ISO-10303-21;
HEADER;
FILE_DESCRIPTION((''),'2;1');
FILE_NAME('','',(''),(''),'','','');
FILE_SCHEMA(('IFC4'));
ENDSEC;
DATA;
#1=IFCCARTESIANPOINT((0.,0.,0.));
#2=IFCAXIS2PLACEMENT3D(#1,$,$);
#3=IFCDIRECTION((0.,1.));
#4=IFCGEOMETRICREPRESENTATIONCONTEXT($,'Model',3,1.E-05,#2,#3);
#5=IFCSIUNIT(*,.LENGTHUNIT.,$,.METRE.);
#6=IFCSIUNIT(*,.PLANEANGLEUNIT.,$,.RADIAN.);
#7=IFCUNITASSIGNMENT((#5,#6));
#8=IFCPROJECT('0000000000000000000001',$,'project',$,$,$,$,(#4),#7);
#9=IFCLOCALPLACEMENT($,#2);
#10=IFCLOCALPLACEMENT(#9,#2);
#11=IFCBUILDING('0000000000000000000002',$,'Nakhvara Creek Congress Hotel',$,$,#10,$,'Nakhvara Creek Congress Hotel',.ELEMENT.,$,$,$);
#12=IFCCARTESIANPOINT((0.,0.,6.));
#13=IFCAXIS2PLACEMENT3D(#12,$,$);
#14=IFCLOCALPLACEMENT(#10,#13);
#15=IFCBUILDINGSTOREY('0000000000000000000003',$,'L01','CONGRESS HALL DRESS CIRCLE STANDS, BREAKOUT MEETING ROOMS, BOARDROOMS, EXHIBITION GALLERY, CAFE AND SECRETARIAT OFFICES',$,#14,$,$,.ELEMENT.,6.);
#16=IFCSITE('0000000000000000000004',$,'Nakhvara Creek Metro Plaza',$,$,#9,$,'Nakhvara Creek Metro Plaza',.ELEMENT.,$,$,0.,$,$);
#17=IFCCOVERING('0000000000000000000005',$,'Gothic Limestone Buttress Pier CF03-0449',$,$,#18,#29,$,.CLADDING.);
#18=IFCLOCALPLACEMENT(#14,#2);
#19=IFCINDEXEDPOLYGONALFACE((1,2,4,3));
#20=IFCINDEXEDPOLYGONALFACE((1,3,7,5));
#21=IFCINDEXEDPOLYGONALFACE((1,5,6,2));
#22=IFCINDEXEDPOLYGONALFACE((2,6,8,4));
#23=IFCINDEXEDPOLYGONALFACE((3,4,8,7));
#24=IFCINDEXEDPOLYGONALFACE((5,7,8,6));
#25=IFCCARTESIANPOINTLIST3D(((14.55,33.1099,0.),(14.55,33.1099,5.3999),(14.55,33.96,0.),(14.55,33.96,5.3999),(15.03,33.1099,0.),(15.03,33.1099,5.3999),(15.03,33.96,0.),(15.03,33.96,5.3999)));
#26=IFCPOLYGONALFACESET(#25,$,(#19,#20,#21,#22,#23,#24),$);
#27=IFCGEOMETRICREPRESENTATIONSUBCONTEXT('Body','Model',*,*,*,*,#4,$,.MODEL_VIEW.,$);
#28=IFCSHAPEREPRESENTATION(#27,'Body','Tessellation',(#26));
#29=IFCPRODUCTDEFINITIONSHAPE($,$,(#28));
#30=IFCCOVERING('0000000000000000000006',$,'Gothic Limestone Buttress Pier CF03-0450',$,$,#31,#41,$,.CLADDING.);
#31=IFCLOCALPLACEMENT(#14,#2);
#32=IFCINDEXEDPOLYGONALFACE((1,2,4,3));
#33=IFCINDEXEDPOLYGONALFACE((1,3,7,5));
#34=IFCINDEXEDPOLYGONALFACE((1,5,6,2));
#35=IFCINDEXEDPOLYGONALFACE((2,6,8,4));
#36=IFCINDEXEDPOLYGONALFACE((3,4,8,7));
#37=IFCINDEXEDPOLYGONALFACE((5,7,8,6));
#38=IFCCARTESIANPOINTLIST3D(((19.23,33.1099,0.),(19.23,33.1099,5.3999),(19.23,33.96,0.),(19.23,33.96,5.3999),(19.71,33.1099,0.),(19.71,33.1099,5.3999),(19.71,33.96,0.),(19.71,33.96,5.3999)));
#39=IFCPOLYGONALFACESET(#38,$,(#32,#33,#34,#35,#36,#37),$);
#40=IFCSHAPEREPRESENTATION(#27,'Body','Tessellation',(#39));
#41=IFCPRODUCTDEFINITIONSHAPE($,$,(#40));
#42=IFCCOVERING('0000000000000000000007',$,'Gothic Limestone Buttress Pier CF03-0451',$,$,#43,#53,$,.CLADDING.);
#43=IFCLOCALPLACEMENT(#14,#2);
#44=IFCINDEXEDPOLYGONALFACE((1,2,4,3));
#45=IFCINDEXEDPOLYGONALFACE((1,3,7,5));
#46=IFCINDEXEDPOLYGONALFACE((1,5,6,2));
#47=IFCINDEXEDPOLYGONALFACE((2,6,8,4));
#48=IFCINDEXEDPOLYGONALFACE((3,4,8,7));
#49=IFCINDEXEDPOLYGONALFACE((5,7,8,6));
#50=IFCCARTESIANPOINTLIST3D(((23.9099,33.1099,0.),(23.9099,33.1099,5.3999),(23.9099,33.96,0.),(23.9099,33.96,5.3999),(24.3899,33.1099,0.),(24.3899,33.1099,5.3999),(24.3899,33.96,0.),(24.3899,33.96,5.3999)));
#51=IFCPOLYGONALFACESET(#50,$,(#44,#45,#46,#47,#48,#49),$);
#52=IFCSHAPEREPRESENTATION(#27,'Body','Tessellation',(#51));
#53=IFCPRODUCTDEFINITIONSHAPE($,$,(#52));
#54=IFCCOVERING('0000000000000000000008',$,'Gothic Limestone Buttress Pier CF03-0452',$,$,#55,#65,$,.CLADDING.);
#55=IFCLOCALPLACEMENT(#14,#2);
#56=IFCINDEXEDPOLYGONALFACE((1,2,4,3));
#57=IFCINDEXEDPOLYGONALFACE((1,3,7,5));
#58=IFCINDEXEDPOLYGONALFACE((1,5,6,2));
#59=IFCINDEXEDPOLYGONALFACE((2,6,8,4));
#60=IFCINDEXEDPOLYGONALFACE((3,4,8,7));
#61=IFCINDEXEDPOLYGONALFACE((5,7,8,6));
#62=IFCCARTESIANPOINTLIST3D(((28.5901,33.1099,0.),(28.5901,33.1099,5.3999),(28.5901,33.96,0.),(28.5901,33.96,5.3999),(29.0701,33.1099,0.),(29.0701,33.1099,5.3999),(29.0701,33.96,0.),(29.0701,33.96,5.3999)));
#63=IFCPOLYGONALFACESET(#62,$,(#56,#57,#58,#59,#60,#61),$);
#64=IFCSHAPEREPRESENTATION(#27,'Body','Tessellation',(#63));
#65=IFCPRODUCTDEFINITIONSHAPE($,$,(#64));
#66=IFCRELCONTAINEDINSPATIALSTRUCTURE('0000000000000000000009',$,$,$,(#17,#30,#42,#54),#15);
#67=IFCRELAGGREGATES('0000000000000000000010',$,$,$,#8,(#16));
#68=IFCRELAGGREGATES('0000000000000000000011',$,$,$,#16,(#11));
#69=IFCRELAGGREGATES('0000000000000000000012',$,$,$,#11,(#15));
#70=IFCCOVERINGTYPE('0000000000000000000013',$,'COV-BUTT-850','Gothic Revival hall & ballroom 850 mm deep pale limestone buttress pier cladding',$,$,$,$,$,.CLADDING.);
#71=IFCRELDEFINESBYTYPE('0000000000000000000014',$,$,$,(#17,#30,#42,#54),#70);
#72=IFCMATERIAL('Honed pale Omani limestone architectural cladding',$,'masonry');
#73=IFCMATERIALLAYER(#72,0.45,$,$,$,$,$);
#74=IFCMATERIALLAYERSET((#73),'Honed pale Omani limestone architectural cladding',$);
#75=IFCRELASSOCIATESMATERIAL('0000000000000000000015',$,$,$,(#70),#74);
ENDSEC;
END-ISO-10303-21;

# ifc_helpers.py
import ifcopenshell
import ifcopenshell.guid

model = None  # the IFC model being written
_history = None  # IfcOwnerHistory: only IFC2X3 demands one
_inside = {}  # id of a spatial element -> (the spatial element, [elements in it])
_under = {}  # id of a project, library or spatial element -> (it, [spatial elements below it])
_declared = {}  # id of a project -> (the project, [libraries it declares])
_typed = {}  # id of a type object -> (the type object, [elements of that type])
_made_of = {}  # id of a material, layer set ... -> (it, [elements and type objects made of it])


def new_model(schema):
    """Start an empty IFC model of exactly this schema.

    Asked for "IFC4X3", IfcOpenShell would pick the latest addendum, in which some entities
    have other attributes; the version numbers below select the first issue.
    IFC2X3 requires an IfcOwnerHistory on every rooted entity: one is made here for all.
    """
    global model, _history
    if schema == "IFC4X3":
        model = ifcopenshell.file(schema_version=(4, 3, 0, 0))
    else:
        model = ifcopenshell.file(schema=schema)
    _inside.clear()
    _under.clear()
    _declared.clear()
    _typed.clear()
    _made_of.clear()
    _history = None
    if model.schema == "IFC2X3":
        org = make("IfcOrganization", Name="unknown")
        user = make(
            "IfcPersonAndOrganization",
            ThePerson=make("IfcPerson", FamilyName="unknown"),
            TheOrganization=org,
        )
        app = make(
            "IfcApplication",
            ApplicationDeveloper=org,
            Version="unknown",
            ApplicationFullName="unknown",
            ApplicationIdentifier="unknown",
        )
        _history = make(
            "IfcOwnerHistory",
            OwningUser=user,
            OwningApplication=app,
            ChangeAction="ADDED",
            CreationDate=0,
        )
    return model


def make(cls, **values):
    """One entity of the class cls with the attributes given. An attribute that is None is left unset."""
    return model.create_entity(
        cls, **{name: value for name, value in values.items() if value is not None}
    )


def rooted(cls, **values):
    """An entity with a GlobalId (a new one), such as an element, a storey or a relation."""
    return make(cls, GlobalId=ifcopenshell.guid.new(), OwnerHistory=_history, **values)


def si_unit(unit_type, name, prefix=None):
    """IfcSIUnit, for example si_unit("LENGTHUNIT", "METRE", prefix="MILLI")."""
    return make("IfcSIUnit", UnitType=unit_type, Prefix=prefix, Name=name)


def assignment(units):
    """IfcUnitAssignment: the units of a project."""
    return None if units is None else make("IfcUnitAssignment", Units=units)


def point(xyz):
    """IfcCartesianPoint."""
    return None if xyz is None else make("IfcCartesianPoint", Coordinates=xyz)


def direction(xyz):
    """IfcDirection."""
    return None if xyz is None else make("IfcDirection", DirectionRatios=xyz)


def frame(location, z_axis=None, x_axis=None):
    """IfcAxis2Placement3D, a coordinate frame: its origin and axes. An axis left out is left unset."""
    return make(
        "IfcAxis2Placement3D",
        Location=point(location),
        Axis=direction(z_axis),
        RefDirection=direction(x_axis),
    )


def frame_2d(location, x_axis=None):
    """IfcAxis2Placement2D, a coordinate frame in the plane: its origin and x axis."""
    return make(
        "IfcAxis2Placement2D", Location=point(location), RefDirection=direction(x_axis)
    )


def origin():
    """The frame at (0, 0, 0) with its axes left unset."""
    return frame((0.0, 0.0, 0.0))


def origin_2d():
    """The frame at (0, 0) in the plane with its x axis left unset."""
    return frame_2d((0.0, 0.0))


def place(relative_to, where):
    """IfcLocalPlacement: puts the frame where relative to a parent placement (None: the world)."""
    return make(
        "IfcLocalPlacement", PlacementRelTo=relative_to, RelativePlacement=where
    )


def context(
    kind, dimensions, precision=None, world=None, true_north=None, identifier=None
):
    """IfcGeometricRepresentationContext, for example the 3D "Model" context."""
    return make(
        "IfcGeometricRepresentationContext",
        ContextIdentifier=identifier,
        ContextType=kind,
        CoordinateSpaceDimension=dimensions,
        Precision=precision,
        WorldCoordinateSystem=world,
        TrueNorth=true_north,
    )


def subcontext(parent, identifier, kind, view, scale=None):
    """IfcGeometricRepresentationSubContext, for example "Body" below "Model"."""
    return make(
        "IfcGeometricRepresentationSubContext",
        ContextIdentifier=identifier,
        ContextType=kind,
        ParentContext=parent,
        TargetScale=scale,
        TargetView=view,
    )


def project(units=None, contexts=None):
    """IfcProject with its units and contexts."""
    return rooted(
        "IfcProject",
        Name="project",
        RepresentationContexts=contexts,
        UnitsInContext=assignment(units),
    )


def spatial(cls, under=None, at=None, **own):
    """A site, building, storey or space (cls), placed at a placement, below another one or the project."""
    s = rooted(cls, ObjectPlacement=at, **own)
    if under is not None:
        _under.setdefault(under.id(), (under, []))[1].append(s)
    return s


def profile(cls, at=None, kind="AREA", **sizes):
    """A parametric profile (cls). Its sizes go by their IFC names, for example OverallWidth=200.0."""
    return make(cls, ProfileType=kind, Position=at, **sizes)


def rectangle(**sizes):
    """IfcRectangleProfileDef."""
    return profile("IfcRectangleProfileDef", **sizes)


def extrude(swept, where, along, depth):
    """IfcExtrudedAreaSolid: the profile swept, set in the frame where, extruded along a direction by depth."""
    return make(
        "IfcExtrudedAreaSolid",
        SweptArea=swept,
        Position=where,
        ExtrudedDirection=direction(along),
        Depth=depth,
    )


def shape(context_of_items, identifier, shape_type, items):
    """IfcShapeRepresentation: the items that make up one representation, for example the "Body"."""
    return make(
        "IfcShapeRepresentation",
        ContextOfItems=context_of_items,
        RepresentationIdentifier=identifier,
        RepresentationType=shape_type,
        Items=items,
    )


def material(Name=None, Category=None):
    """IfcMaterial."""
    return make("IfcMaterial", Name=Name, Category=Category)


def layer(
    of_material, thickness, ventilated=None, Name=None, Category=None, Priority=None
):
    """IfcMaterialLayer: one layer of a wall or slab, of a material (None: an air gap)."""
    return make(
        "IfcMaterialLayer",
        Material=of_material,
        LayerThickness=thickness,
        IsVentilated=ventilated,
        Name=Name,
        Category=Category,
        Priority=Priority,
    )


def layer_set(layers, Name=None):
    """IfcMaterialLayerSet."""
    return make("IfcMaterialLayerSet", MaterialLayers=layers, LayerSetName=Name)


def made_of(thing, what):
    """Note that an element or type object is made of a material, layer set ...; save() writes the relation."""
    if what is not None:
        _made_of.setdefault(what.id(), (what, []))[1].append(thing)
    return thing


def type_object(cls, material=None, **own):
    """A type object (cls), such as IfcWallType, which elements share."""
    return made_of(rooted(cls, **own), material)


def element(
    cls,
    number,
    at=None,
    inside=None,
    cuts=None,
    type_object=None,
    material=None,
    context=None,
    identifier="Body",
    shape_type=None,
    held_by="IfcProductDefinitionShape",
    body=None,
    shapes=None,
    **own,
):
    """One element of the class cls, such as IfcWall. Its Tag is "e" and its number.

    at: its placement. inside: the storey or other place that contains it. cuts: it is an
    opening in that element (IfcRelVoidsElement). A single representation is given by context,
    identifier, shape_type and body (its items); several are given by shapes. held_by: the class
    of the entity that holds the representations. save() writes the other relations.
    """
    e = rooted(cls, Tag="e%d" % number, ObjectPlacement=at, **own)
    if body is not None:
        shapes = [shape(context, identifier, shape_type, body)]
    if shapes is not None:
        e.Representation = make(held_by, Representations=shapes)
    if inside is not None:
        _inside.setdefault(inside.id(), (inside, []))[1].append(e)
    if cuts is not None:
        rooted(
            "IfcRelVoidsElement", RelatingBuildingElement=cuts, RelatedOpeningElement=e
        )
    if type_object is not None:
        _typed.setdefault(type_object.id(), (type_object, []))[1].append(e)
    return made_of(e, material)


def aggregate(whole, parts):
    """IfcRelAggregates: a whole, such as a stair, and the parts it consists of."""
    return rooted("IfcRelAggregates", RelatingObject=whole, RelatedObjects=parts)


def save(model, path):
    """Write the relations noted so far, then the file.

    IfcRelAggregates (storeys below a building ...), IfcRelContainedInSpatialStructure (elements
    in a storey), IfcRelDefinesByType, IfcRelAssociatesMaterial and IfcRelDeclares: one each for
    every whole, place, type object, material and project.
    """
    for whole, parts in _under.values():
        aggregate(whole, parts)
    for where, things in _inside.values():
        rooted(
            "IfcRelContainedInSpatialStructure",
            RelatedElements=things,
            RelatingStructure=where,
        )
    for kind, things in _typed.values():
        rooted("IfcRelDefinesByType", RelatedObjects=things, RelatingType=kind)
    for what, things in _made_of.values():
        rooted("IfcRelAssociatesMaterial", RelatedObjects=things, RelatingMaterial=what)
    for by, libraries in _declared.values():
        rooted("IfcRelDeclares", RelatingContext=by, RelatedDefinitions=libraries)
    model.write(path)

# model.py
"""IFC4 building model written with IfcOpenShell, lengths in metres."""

from ifc_helpers import new_model, si_unit, direction, frame, origin, origin_2d, place, context, subcontext, project, spatial, rectangle, extrude, material, layer, layer_set, type_object, element, save


model = new_model("IFC4")

# Units and contexts
model_context = context("Model", 3, precision=1e-05, world=origin(), true_north=direction((0.0, 1.0)))
body_context = subcontext(model_context, "Body", "Model", "MODEL_VIEW")
ifc_project = project(units=[si_unit("LENGTHUNIT", "METRE"), si_unit("PLANEANGLEUNIT", "RADIAN")], contexts=[model_context])

# Site, building, storey
site_placement = place(None, origin())
site = spatial("IfcSite", under=ifc_project, at=site_placement, Name="Nakhvara Creek Metro Plaza", LongName="Nakhvara Creek Metro Plaza", CompositionType="ELEMENT", RefElevation=0.0)
building_placement = place(site_placement, origin())
building = spatial("IfcBuilding", under=site, at=building_placement, Name="Nakhvara Creek Congress Hotel", LongName="Nakhvara Creek Congress Hotel", CompositionType="ELEMENT")
storey_placement = place(building_placement, frame((0.0, 0.0, 6.0)))
storey = spatial("IfcBuildingStorey", under=building, at=storey_placement, Name="L01", Description="CONGRESS HALL DRESS CIRCLE STANDS, BREAKOUT MEETING ROOMS, BOARDROOMS, EXHIBITION GALLERY, CAFE AND SECRETARIAT OFFICES", CompositionType="ELEMENT", Elevation=6.0)

# Coverings
ifc_material_1 = material(Name="Honed pale Omani limestone architectural cladding", Category="masonry")
ifc_layer = layer(ifc_material_1, 0.45)
ifc_layer_set = layer_set([ifc_layer], Name="Honed pale Omani limestone architectural cladding")
covering_type = type_object("IfcCoveringType", Name="COV-BUTT-850", Description="Gothic Revival hall & ballroom 850 mm deep pale limestone buttress pier cladding", PredefinedType="CLADDING", material=ifc_layer_set)
for number, where, z_axis, x_axis, name in (
    (1, (14.79, 33.5349, 0.0), (0.0, 0.0, 1.0), (1.0, 0.0, 0.0), "Gothic Limestone Buttress Pier CF03-0449"),
    (2, (19.47, 33.5349, 0.0), (0.0, 0.0, 1.0), (1.0, 0.0, 0.0), "Gothic Limestone Buttress Pier CF03-0450"),
    (3, (24.1499, 33.5349, 0.0), (0.0, 0.0, 1.0), (1.0, 0.0, 0.0), "Gothic Limestone Buttress Pier CF03-0451"),
    (4, (28.8301, 33.5349, 0.0), (0.0, 0.0, 1.0), (1.0, 0.0, 0.0), "Gothic Limestone Buttress Pier CF03-0452"),
):
    element("IfcCovering", number, at=place(storey_placement, frame(where, z_axis=z_axis, x_axis=x_axis)), inside=storey, type_object=covering_type, Name=name, PredefinedType="CLADDING", context=body_context, shape_type="SweptSolid", body=[
        extrude(rectangle(XDim=0.48, YDim=0.8501, at=origin_2d()), origin(), (0.0, 0.0, 1.0), 5.3999),
    ])

save(model, "model.ifc")
